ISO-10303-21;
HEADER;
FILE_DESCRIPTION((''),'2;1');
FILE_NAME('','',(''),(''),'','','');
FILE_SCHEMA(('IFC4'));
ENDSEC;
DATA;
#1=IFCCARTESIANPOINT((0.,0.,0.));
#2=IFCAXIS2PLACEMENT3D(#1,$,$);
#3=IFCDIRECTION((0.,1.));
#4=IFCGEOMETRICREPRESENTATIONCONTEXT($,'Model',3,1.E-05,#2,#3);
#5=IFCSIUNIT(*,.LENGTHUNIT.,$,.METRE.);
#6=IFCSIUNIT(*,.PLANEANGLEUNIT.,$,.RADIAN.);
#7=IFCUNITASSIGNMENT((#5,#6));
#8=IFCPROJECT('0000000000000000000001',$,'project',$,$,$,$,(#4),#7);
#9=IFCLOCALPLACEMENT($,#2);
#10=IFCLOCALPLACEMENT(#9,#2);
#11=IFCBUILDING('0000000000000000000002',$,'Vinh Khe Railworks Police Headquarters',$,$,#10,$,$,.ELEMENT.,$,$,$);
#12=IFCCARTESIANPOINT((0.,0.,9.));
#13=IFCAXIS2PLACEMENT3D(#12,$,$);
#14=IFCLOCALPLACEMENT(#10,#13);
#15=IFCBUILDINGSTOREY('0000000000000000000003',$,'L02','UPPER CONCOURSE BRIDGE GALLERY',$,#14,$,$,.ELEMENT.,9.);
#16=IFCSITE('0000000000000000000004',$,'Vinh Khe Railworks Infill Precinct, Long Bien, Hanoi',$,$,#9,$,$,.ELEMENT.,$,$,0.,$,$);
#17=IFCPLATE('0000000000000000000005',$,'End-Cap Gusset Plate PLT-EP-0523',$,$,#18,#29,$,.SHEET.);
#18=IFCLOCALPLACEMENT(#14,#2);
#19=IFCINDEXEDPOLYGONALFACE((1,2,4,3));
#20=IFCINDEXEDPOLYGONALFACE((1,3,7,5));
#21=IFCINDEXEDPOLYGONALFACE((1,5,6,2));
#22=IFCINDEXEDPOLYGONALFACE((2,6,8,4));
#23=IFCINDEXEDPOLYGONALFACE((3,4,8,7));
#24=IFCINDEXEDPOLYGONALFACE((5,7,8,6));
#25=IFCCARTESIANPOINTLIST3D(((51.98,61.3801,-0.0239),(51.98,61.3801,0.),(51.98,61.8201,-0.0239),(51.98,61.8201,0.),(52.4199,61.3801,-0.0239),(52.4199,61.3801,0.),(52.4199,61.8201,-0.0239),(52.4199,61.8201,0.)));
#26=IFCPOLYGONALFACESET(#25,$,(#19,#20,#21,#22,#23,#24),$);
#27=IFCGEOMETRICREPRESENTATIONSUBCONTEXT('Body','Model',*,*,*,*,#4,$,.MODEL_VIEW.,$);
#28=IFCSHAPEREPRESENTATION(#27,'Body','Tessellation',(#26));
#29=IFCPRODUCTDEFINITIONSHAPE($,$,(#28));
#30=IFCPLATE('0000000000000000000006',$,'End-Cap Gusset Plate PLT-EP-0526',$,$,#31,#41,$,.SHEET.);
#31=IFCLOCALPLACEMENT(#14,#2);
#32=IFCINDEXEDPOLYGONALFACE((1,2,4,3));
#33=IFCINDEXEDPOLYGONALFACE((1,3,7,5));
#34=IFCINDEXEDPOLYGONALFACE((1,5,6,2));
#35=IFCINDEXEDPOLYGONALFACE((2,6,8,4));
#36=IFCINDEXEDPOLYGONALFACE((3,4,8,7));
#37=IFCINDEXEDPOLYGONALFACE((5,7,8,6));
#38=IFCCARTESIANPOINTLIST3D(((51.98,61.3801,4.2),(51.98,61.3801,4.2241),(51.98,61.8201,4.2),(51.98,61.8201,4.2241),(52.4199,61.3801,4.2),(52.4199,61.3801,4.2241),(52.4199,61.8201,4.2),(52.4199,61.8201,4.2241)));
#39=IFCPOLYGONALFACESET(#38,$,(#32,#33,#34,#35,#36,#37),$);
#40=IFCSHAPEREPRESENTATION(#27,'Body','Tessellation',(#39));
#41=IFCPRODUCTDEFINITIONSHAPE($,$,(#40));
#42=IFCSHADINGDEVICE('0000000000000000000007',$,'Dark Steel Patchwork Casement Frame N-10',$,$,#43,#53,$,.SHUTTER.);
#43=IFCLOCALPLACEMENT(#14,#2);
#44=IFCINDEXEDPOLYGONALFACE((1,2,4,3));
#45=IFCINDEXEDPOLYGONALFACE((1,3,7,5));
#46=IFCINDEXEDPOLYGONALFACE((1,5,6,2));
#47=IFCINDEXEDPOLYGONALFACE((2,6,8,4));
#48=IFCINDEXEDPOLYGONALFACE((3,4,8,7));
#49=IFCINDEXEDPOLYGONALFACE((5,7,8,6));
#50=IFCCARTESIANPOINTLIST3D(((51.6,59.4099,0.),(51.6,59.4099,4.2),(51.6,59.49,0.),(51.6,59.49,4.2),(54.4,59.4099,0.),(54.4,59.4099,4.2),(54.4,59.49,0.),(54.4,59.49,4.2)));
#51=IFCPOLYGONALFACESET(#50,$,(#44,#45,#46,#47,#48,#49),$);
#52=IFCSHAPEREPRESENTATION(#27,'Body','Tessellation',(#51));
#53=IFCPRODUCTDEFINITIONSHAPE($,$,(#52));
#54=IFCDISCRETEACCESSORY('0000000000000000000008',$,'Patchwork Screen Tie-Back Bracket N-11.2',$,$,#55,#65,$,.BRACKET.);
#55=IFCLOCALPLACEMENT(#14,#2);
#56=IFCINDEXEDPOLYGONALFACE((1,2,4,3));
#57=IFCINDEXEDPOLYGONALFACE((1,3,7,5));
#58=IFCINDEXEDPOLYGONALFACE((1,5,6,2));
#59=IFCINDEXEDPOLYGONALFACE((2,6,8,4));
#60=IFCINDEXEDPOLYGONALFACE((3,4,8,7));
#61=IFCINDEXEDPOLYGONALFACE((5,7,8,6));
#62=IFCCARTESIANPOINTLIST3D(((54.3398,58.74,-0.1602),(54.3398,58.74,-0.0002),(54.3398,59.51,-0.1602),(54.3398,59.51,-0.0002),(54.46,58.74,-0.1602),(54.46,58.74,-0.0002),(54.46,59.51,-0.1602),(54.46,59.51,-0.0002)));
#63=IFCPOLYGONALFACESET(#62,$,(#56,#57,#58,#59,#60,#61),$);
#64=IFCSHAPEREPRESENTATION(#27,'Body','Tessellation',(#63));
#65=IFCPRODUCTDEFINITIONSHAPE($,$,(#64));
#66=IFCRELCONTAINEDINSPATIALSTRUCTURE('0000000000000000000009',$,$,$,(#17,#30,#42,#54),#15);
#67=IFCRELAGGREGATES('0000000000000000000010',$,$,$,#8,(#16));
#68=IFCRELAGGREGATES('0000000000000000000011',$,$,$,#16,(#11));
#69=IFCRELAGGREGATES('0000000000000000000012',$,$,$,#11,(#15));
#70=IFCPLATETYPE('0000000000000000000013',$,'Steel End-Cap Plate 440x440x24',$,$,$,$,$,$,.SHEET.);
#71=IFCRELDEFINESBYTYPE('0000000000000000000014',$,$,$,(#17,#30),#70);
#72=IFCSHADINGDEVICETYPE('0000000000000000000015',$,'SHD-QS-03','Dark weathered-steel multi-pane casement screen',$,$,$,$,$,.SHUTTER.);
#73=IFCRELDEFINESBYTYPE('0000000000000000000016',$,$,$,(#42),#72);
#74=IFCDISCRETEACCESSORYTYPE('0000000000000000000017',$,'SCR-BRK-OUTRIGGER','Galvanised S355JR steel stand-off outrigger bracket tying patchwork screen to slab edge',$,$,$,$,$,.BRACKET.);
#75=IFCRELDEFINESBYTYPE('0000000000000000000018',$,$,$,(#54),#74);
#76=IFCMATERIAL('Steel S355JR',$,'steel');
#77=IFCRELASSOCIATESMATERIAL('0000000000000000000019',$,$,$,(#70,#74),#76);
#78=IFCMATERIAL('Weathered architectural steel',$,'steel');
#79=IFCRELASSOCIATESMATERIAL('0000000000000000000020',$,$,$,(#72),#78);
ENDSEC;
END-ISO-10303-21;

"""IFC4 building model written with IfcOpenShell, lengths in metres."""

from ifc_helpers import new_model, si_unit, direction, frame, origin, origin_2d, place, context, subcontext, project, spatial, rectangle, extrude, material, material_profile, profile_set, type_object, element, save


model = new_model("IFC4")

# Units and contexts
model_context = context("Model", 3, precision=1e-05, world=origin(), true_north=direction((0.0, 1.0)))
body_context = subcontext(model_context, "Body", "Model", "MODEL_VIEW")
ifc_project = project(units=[si_unit("LENGTHUNIT", "METRE"), si_unit("PLANEANGLEUNIT", "RADIAN")], contexts=[model_context])

# Site, building, storey
site_placement = place(None, origin())
site = spatial("IfcSite", under=ifc_project, at=site_placement, Name="Vinh Khe Railworks Infill Precinct, Long Bien, Hanoi", CompositionType="ELEMENT", RefElevation=0.0)
building_placement = place(site_placement, origin())
building = spatial("IfcBuilding", under=site, at=building_placement, Name="Vinh Khe Railworks Police Headquarters", CompositionType="ELEMENT")
storey_placement = place(building_placement, frame((0.0, 0.0, 9.0)))
storey = spatial("IfcBuildingStorey", under=building, at=storey_placement, Name="L02", Description="UPPER CONCOURSE BRIDGE GALLERY", CompositionType="ELEMENT", Elevation=9.0)

# Shared definitions
ifc_material_1 = material(Name="Steel S355JR", Category="steel")

# Plates
ifc_material_profile_1 = material_profile(ifc_material_1, rectangle(XDim=0.4399, YDim=0.4399, at=origin_2d()), Name="PL 440x440")
ifc_profile_set_1 = profile_set([ifc_material_profile_1], Name="Steel S355JR")
plate_type_1 = type_object("IfcPlateType", Name="Steel End-Cap Plate 440x440x24", PredefinedType="SHEET", material=ifc_profile_set_1)
plate_1_placement = place(storey_placement, frame((52.2, 61.6001, 0.0), z_axis=(0.0, 0.0, -1.0), x_axis=(1.0, 0.0, 0.0)))
element("IfcPlate", 1, at=plate_1_placement, inside=storey, type_object=plate_type_1, Name="End-Cap Gusset Plate PLT-EP-0523", PredefinedType="SHEET", context=body_context, shape_type="SweptSolid", body=[
    extrude(rectangle(XDim=0.4399, YDim=0.4399, at=origin_2d()), origin(), (0.0, 0.0, 1.0), 0.0239),
])
plate_2_placement = place(storey_placement, frame((52.2, 61.6001, 4.2), z_axis=(0.0, 0.0, 1.0), x_axis=(1.0, 0.0, 0.0)))
element("IfcPlate", 2, at=plate_2_placement, inside=storey, type_object=plate_type_1, Name="End-Cap Gusset Plate PLT-EP-0526", PredefinedType="SHEET", context=body_context, shape_type="SweptSolid", body=[
    extrude(rectangle(XDim=0.4399, YDim=0.4399, at=origin_2d()), origin(), (0.0, 0.0, 1.0), 0.0242),
])

# Shading device
ifc_material_2 = material(Name="Weathered architectural steel", Category="steel")
shading_device_type = type_object("IfcShadingDeviceType", Name="SHD-QS-03", Description="Dark weathered-steel multi-pane casement screen", PredefinedType="SHUTTER", material=ifc_material_2)
shading_device_placement = place(storey_placement, frame((53.0, 59.45, 0.0), z_axis=(0.0, 0.0, 1.0), x_axis=(1.0, 0.0, 0.0)))
element("IfcShadingDevice", 3, at=shading_device_placement, inside=storey, type_object=shading_device_type, Name="Dark Steel Patchwork Casement Frame N-10", PredefinedType="SHUTTER", context=body_context, shape_type="SweptSolid", body=[
    extrude(rectangle(XDim=2.8, YDim=0.0801, at=origin_2d()), origin(), (0.0, 0.0, 1.0), 4.2),
])

# Discrete accessory
discrete_accessory_type = type_object("IfcDiscreteAccessoryType", Name="SCR-BRK-OUTRIGGER", Description="Galvanised S355JR steel stand-off outrigger bracket tying patchwork screen to slab edge", PredefinedType="BRACKET", material=ifc_material_1)
discrete_accessory_placement = place(storey_placement, frame((54.3999, 59.125, -0.1602), z_axis=(0.0, 0.0, 1.0), x_axis=(1.0, 0.0, 0.0)))
element("IfcDiscreteAccessory", 4, at=discrete_accessory_placement, inside=storey, type_object=discrete_accessory_type, Name="Patchwork Screen Tie-Back Bracket N-11.2", PredefinedType="BRACKET", context=body_context, shape_type="SweptSolid", body=[
    extrude(rectangle(XDim=0.1201, YDim=0.77, at=origin_2d()), origin(), (0.0, 0.0, 1.0), 0.1599),
])

save(model, "model.ifc")
